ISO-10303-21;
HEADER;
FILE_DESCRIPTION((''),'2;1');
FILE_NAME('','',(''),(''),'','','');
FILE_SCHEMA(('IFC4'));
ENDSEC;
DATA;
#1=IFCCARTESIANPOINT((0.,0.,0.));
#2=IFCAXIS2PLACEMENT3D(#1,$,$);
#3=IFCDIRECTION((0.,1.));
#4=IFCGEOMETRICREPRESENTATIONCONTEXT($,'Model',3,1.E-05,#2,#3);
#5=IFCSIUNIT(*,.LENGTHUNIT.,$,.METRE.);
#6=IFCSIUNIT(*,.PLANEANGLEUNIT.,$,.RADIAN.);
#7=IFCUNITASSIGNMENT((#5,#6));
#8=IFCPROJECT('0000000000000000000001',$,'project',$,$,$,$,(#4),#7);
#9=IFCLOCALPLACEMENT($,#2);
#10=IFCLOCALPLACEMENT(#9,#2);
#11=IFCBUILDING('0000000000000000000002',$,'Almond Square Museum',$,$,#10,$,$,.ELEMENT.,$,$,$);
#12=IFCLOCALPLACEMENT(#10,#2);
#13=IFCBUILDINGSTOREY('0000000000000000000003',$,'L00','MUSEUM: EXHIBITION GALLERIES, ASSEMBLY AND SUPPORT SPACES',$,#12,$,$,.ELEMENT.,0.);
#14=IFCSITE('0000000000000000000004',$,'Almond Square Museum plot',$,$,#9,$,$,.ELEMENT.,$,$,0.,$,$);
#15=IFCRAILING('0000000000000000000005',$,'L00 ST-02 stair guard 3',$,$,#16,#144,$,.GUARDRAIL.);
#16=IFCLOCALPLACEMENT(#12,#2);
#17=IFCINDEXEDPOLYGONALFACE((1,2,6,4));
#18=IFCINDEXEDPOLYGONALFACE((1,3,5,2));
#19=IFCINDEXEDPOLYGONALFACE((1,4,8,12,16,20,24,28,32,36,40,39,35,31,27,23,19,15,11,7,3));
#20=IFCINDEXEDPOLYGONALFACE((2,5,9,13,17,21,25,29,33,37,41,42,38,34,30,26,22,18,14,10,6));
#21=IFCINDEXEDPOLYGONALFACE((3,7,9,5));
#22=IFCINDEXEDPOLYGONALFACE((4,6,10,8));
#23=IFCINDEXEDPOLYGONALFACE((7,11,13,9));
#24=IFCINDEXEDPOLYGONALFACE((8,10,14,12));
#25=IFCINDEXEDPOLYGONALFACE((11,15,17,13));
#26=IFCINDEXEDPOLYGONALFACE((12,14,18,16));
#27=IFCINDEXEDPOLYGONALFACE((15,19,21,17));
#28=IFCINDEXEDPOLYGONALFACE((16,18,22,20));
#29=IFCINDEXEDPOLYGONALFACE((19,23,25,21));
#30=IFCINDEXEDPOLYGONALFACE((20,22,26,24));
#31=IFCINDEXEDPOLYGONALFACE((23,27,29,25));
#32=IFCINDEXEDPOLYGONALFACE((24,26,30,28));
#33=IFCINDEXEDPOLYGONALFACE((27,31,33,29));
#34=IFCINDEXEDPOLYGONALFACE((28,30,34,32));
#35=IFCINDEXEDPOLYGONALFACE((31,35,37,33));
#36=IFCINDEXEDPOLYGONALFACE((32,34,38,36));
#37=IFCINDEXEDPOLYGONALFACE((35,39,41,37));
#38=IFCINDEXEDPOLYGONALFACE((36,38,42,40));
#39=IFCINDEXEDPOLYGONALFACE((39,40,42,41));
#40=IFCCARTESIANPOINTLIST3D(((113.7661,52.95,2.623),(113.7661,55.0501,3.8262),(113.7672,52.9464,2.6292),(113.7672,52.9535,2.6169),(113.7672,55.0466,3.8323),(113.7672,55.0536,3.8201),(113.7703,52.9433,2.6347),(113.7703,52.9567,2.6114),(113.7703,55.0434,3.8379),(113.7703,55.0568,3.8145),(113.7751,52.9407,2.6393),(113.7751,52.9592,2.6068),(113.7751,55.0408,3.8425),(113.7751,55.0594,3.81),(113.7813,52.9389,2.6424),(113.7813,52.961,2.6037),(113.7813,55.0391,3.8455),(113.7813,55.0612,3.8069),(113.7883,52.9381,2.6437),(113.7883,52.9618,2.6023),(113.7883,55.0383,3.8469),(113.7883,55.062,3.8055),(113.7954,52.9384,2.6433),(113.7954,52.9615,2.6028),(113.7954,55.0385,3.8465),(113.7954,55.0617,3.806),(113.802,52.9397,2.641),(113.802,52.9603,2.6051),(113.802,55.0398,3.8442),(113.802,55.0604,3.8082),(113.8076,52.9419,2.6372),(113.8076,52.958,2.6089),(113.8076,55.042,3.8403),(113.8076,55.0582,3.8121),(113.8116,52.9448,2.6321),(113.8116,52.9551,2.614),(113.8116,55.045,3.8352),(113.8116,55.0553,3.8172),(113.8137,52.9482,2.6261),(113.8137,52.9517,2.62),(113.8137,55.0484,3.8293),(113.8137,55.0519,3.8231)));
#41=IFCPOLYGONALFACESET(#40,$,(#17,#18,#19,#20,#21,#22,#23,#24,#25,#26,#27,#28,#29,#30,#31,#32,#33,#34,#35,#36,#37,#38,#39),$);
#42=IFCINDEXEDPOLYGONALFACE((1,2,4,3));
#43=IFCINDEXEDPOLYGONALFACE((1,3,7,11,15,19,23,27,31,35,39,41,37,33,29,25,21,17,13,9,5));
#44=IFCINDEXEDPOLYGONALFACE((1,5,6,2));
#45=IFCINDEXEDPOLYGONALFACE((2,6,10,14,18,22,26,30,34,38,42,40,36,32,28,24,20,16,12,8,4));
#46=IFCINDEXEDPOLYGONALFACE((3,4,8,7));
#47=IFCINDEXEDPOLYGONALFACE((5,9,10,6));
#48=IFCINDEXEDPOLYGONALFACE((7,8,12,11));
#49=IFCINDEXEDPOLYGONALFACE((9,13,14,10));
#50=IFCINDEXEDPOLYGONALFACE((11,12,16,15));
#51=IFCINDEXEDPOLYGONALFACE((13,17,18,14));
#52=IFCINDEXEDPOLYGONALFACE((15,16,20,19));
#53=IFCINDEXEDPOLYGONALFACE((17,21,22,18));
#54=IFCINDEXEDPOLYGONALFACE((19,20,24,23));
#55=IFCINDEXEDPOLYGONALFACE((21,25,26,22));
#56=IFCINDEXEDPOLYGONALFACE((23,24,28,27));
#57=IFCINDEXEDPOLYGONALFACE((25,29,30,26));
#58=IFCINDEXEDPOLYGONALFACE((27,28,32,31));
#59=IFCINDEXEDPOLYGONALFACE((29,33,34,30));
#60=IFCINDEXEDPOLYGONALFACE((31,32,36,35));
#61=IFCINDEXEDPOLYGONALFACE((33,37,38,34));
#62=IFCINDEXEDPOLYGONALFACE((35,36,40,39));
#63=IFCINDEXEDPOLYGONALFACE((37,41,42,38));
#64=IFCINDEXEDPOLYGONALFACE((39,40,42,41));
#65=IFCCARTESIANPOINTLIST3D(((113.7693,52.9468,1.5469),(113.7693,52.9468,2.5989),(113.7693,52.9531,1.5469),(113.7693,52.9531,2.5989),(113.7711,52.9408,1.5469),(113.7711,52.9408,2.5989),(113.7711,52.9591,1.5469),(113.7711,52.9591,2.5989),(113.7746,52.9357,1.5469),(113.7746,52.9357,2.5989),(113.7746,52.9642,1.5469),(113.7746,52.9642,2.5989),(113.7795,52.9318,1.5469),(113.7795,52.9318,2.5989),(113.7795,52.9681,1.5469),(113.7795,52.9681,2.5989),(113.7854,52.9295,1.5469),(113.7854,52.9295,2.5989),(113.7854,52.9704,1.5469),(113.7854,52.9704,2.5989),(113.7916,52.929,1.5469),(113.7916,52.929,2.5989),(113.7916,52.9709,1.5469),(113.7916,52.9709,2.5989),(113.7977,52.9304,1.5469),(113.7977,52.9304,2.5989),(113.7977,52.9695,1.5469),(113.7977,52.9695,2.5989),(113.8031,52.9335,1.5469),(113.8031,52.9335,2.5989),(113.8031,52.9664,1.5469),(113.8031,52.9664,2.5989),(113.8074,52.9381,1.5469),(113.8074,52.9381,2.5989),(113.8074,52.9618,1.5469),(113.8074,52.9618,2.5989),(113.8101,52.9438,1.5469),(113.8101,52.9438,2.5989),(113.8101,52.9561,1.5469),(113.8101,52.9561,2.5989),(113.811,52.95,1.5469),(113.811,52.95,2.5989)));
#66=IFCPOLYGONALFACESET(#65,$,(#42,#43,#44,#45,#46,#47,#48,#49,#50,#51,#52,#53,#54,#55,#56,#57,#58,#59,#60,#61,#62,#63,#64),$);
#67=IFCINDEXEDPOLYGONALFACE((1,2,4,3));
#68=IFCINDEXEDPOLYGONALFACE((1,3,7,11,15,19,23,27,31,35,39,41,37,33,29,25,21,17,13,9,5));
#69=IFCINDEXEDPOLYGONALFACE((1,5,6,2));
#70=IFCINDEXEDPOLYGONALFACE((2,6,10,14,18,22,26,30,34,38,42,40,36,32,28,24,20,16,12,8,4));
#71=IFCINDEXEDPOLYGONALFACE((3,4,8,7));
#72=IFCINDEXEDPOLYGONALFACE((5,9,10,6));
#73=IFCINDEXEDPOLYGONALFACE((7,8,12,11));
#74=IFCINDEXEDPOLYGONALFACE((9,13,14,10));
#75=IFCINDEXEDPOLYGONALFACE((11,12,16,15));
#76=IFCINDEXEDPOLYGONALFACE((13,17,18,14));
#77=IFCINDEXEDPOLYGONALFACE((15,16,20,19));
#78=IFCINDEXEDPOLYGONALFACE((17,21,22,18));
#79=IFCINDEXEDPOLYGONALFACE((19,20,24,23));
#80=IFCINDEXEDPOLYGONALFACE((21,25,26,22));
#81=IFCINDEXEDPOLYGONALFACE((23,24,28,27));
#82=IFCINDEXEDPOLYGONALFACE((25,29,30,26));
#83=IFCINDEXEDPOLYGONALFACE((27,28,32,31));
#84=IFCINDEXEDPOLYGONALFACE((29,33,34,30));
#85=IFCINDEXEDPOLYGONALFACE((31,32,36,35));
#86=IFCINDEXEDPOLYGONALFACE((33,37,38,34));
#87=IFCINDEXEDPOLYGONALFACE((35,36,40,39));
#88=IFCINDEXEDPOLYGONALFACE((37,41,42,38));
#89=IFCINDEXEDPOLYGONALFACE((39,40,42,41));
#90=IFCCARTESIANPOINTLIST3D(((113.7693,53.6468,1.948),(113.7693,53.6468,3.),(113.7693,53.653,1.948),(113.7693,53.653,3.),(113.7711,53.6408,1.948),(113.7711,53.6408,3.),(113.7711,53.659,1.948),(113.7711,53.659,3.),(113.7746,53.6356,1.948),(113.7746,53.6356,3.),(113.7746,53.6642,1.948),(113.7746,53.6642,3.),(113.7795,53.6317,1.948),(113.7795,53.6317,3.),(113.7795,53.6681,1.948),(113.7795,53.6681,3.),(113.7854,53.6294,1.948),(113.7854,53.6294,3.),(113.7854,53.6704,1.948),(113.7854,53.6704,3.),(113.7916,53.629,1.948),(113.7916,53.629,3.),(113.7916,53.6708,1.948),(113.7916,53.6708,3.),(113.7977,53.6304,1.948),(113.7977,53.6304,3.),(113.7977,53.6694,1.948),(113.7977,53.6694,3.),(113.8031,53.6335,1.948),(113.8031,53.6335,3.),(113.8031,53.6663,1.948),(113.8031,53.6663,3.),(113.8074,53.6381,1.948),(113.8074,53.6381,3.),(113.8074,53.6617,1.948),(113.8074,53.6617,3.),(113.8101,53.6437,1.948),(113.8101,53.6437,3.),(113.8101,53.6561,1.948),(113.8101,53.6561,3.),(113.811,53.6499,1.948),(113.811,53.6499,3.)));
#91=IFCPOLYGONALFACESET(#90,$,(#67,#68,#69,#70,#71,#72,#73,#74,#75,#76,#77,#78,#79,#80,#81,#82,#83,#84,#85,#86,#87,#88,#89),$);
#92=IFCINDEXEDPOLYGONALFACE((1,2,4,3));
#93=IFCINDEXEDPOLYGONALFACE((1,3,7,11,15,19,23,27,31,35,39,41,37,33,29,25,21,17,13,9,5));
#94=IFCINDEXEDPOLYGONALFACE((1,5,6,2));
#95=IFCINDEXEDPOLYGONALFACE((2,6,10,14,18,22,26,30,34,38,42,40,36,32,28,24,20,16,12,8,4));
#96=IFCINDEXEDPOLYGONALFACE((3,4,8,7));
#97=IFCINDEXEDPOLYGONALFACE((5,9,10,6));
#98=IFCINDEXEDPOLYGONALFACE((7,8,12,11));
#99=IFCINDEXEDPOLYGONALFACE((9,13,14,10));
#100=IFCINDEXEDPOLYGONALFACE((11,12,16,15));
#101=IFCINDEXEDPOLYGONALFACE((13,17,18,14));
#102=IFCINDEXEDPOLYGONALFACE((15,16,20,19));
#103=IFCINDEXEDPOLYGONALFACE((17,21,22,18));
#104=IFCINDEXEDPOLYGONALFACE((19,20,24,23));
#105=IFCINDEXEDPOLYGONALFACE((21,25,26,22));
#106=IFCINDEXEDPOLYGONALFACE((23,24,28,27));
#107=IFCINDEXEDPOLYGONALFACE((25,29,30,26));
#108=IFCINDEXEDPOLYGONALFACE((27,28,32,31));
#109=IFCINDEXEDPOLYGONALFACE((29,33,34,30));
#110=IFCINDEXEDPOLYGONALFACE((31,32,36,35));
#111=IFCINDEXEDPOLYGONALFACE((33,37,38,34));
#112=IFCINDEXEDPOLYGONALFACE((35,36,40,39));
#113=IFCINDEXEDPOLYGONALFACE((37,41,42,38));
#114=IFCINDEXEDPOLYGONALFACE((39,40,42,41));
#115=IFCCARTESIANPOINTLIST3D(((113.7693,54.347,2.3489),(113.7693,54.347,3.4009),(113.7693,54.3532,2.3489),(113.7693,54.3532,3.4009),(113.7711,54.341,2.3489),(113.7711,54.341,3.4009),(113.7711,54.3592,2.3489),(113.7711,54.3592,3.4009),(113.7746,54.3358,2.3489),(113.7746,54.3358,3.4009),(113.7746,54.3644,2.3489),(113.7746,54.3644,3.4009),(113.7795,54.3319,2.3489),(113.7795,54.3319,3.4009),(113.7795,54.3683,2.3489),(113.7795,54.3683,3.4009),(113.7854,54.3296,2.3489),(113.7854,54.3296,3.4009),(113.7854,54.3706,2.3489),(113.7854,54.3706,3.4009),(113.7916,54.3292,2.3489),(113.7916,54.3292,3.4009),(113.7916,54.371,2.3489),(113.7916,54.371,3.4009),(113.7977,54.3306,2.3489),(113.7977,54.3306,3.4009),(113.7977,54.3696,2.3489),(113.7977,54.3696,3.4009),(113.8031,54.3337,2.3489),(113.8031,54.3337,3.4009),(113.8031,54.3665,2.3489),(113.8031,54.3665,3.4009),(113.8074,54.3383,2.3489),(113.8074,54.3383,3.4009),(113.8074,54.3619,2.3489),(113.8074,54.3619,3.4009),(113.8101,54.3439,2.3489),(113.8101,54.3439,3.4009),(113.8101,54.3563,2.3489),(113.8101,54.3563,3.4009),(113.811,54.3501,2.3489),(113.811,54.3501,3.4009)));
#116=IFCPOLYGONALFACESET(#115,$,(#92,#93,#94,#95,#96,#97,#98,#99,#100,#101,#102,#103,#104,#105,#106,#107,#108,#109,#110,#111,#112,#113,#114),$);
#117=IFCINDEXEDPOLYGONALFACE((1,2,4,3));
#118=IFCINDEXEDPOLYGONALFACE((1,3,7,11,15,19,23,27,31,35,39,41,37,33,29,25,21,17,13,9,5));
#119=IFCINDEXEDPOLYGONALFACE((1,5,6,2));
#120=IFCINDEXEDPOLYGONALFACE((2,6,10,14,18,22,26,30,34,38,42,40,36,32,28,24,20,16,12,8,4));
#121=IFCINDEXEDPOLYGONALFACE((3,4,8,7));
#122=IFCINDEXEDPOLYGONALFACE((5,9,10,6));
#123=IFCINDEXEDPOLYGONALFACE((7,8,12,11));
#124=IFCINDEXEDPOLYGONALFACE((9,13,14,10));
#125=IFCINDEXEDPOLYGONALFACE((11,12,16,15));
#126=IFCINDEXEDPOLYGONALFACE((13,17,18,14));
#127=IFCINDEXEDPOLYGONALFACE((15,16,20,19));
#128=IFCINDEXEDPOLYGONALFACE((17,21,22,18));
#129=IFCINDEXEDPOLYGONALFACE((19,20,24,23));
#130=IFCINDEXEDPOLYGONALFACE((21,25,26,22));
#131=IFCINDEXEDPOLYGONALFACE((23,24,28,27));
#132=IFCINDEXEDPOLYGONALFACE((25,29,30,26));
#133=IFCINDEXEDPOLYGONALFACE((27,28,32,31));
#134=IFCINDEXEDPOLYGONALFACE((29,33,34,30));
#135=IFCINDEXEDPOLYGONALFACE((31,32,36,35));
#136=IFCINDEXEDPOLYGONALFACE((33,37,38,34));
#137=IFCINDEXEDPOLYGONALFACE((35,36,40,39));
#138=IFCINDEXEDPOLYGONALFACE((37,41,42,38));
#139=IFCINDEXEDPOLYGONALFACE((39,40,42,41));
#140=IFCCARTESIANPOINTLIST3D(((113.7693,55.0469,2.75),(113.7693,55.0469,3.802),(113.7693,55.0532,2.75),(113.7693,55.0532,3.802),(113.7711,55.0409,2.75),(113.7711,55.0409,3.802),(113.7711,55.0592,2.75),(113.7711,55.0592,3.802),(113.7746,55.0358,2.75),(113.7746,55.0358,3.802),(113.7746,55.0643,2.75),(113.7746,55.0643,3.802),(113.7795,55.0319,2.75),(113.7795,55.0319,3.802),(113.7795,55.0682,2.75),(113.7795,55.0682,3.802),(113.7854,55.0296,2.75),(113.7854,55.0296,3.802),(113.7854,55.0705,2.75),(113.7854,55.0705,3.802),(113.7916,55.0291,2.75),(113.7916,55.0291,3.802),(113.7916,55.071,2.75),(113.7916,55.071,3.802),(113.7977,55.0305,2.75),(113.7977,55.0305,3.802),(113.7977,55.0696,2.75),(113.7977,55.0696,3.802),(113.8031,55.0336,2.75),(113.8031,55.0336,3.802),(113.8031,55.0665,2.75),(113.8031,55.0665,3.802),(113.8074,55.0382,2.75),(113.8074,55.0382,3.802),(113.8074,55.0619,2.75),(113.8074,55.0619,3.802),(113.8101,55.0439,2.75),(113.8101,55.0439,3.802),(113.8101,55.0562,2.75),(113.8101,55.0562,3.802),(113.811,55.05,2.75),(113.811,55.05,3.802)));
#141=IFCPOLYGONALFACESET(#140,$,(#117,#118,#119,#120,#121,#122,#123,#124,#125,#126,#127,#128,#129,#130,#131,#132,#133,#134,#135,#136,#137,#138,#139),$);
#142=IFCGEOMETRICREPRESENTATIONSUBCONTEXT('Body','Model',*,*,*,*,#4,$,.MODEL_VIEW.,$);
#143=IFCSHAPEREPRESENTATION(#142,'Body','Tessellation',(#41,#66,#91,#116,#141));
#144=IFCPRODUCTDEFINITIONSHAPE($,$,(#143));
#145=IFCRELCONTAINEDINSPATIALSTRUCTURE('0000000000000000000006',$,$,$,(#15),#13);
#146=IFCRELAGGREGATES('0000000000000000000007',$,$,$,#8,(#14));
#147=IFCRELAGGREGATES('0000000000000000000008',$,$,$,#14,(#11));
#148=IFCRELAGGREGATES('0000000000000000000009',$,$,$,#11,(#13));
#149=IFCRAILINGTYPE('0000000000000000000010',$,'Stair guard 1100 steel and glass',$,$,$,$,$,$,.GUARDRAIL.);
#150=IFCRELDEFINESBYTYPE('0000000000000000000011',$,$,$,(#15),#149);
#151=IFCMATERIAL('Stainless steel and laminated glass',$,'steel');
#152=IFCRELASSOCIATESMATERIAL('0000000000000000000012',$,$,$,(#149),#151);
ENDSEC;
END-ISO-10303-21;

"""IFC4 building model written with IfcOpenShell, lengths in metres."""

from ifc_helpers import new_model, si_unit, direction, frame, origin, origin_2d, place, context, subcontext, project, spatial, circle, extrude, material, type_object, element, save


model = new_model("IFC4")

# Units and contexts
model_context = context("Model", 3, precision=1e-05, world=origin(), true_north=direction((0.0, 1.0)))
body_context = subcontext(model_context, "Body", "Model", "MODEL_VIEW")
ifc_project = project(units=[si_unit("LENGTHUNIT", "METRE"), si_unit("PLANEANGLEUNIT", "RADIAN")], contexts=[model_context])

# Site, building, storey
site_placement = place(None, origin())
site = spatial("IfcSite", under=ifc_project, at=site_placement, Name="Almond Square Museum plot", CompositionType="ELEMENT", RefElevation=0.0)
building_placement = place(site_placement, origin())
building = spatial("IfcBuilding", under=site, at=building_placement, Name="Almond Square Museum", CompositionType="ELEMENT")
storey_placement = place(building_placement, origin())
storey = spatial("IfcBuildingStorey", under=building, at=storey_placement, Name="L00", Description="MUSEUM: EXHIBITION GALLERIES, ASSEMBLY AND SUPPORT SPACES", CompositionType="ELEMENT", Elevation=0.0)

# Railing
ifc_material_1 = material(Name="Stainless steel and laminated glass", Category="steel")
railing_type_1 = type_object("IfcRailingType", Name="Stair guard 1100 steel and glass", PredefinedType="GUARDRAIL", material=ifc_material_1)
railing_1_placement = place(storey_placement, frame((113.79, 52.95, 1.5469)))
element("IfcRailing", 1, at=railing_1_placement, inside=storey, type_object=railing_type_1, Name="L00 ST-02 stair guard 3", PredefinedType="GUARDRAIL", context=body_context, shape_type="SweptSolid", body=[
    extrude(circle(Radius=0.0239, at=origin_2d()), frame((0.0, 0.0, 1.0762), z_axis=(0.0, 0.867696, 0.497095), x_axis=(-1.0, 0.0, 0.0)), (0.0, 0.0, 1.0), 2.4204),
    extrude(circle(Radius=0.021, at=origin_2d()), origin(), (0.0, 0.0, 1.0), 1.052),
    extrude(circle(Radius=0.021, at=origin_2d()), frame((0.0, 0.7, 0.4011)), (0.0, 0.0, 1.0), 1.052),
    extrude(circle(Radius=0.021, at=origin_2d()), frame((0.0, 1.4001, 0.802)), (0.0, 0.0, 1.0), 1.052),
    extrude(circle(Radius=0.021, at=origin_2d()), frame((0.0, 2.1001, 1.2031)), (0.0, 0.0, 1.0), 1.052),
])

save(model, "model.ifc")
